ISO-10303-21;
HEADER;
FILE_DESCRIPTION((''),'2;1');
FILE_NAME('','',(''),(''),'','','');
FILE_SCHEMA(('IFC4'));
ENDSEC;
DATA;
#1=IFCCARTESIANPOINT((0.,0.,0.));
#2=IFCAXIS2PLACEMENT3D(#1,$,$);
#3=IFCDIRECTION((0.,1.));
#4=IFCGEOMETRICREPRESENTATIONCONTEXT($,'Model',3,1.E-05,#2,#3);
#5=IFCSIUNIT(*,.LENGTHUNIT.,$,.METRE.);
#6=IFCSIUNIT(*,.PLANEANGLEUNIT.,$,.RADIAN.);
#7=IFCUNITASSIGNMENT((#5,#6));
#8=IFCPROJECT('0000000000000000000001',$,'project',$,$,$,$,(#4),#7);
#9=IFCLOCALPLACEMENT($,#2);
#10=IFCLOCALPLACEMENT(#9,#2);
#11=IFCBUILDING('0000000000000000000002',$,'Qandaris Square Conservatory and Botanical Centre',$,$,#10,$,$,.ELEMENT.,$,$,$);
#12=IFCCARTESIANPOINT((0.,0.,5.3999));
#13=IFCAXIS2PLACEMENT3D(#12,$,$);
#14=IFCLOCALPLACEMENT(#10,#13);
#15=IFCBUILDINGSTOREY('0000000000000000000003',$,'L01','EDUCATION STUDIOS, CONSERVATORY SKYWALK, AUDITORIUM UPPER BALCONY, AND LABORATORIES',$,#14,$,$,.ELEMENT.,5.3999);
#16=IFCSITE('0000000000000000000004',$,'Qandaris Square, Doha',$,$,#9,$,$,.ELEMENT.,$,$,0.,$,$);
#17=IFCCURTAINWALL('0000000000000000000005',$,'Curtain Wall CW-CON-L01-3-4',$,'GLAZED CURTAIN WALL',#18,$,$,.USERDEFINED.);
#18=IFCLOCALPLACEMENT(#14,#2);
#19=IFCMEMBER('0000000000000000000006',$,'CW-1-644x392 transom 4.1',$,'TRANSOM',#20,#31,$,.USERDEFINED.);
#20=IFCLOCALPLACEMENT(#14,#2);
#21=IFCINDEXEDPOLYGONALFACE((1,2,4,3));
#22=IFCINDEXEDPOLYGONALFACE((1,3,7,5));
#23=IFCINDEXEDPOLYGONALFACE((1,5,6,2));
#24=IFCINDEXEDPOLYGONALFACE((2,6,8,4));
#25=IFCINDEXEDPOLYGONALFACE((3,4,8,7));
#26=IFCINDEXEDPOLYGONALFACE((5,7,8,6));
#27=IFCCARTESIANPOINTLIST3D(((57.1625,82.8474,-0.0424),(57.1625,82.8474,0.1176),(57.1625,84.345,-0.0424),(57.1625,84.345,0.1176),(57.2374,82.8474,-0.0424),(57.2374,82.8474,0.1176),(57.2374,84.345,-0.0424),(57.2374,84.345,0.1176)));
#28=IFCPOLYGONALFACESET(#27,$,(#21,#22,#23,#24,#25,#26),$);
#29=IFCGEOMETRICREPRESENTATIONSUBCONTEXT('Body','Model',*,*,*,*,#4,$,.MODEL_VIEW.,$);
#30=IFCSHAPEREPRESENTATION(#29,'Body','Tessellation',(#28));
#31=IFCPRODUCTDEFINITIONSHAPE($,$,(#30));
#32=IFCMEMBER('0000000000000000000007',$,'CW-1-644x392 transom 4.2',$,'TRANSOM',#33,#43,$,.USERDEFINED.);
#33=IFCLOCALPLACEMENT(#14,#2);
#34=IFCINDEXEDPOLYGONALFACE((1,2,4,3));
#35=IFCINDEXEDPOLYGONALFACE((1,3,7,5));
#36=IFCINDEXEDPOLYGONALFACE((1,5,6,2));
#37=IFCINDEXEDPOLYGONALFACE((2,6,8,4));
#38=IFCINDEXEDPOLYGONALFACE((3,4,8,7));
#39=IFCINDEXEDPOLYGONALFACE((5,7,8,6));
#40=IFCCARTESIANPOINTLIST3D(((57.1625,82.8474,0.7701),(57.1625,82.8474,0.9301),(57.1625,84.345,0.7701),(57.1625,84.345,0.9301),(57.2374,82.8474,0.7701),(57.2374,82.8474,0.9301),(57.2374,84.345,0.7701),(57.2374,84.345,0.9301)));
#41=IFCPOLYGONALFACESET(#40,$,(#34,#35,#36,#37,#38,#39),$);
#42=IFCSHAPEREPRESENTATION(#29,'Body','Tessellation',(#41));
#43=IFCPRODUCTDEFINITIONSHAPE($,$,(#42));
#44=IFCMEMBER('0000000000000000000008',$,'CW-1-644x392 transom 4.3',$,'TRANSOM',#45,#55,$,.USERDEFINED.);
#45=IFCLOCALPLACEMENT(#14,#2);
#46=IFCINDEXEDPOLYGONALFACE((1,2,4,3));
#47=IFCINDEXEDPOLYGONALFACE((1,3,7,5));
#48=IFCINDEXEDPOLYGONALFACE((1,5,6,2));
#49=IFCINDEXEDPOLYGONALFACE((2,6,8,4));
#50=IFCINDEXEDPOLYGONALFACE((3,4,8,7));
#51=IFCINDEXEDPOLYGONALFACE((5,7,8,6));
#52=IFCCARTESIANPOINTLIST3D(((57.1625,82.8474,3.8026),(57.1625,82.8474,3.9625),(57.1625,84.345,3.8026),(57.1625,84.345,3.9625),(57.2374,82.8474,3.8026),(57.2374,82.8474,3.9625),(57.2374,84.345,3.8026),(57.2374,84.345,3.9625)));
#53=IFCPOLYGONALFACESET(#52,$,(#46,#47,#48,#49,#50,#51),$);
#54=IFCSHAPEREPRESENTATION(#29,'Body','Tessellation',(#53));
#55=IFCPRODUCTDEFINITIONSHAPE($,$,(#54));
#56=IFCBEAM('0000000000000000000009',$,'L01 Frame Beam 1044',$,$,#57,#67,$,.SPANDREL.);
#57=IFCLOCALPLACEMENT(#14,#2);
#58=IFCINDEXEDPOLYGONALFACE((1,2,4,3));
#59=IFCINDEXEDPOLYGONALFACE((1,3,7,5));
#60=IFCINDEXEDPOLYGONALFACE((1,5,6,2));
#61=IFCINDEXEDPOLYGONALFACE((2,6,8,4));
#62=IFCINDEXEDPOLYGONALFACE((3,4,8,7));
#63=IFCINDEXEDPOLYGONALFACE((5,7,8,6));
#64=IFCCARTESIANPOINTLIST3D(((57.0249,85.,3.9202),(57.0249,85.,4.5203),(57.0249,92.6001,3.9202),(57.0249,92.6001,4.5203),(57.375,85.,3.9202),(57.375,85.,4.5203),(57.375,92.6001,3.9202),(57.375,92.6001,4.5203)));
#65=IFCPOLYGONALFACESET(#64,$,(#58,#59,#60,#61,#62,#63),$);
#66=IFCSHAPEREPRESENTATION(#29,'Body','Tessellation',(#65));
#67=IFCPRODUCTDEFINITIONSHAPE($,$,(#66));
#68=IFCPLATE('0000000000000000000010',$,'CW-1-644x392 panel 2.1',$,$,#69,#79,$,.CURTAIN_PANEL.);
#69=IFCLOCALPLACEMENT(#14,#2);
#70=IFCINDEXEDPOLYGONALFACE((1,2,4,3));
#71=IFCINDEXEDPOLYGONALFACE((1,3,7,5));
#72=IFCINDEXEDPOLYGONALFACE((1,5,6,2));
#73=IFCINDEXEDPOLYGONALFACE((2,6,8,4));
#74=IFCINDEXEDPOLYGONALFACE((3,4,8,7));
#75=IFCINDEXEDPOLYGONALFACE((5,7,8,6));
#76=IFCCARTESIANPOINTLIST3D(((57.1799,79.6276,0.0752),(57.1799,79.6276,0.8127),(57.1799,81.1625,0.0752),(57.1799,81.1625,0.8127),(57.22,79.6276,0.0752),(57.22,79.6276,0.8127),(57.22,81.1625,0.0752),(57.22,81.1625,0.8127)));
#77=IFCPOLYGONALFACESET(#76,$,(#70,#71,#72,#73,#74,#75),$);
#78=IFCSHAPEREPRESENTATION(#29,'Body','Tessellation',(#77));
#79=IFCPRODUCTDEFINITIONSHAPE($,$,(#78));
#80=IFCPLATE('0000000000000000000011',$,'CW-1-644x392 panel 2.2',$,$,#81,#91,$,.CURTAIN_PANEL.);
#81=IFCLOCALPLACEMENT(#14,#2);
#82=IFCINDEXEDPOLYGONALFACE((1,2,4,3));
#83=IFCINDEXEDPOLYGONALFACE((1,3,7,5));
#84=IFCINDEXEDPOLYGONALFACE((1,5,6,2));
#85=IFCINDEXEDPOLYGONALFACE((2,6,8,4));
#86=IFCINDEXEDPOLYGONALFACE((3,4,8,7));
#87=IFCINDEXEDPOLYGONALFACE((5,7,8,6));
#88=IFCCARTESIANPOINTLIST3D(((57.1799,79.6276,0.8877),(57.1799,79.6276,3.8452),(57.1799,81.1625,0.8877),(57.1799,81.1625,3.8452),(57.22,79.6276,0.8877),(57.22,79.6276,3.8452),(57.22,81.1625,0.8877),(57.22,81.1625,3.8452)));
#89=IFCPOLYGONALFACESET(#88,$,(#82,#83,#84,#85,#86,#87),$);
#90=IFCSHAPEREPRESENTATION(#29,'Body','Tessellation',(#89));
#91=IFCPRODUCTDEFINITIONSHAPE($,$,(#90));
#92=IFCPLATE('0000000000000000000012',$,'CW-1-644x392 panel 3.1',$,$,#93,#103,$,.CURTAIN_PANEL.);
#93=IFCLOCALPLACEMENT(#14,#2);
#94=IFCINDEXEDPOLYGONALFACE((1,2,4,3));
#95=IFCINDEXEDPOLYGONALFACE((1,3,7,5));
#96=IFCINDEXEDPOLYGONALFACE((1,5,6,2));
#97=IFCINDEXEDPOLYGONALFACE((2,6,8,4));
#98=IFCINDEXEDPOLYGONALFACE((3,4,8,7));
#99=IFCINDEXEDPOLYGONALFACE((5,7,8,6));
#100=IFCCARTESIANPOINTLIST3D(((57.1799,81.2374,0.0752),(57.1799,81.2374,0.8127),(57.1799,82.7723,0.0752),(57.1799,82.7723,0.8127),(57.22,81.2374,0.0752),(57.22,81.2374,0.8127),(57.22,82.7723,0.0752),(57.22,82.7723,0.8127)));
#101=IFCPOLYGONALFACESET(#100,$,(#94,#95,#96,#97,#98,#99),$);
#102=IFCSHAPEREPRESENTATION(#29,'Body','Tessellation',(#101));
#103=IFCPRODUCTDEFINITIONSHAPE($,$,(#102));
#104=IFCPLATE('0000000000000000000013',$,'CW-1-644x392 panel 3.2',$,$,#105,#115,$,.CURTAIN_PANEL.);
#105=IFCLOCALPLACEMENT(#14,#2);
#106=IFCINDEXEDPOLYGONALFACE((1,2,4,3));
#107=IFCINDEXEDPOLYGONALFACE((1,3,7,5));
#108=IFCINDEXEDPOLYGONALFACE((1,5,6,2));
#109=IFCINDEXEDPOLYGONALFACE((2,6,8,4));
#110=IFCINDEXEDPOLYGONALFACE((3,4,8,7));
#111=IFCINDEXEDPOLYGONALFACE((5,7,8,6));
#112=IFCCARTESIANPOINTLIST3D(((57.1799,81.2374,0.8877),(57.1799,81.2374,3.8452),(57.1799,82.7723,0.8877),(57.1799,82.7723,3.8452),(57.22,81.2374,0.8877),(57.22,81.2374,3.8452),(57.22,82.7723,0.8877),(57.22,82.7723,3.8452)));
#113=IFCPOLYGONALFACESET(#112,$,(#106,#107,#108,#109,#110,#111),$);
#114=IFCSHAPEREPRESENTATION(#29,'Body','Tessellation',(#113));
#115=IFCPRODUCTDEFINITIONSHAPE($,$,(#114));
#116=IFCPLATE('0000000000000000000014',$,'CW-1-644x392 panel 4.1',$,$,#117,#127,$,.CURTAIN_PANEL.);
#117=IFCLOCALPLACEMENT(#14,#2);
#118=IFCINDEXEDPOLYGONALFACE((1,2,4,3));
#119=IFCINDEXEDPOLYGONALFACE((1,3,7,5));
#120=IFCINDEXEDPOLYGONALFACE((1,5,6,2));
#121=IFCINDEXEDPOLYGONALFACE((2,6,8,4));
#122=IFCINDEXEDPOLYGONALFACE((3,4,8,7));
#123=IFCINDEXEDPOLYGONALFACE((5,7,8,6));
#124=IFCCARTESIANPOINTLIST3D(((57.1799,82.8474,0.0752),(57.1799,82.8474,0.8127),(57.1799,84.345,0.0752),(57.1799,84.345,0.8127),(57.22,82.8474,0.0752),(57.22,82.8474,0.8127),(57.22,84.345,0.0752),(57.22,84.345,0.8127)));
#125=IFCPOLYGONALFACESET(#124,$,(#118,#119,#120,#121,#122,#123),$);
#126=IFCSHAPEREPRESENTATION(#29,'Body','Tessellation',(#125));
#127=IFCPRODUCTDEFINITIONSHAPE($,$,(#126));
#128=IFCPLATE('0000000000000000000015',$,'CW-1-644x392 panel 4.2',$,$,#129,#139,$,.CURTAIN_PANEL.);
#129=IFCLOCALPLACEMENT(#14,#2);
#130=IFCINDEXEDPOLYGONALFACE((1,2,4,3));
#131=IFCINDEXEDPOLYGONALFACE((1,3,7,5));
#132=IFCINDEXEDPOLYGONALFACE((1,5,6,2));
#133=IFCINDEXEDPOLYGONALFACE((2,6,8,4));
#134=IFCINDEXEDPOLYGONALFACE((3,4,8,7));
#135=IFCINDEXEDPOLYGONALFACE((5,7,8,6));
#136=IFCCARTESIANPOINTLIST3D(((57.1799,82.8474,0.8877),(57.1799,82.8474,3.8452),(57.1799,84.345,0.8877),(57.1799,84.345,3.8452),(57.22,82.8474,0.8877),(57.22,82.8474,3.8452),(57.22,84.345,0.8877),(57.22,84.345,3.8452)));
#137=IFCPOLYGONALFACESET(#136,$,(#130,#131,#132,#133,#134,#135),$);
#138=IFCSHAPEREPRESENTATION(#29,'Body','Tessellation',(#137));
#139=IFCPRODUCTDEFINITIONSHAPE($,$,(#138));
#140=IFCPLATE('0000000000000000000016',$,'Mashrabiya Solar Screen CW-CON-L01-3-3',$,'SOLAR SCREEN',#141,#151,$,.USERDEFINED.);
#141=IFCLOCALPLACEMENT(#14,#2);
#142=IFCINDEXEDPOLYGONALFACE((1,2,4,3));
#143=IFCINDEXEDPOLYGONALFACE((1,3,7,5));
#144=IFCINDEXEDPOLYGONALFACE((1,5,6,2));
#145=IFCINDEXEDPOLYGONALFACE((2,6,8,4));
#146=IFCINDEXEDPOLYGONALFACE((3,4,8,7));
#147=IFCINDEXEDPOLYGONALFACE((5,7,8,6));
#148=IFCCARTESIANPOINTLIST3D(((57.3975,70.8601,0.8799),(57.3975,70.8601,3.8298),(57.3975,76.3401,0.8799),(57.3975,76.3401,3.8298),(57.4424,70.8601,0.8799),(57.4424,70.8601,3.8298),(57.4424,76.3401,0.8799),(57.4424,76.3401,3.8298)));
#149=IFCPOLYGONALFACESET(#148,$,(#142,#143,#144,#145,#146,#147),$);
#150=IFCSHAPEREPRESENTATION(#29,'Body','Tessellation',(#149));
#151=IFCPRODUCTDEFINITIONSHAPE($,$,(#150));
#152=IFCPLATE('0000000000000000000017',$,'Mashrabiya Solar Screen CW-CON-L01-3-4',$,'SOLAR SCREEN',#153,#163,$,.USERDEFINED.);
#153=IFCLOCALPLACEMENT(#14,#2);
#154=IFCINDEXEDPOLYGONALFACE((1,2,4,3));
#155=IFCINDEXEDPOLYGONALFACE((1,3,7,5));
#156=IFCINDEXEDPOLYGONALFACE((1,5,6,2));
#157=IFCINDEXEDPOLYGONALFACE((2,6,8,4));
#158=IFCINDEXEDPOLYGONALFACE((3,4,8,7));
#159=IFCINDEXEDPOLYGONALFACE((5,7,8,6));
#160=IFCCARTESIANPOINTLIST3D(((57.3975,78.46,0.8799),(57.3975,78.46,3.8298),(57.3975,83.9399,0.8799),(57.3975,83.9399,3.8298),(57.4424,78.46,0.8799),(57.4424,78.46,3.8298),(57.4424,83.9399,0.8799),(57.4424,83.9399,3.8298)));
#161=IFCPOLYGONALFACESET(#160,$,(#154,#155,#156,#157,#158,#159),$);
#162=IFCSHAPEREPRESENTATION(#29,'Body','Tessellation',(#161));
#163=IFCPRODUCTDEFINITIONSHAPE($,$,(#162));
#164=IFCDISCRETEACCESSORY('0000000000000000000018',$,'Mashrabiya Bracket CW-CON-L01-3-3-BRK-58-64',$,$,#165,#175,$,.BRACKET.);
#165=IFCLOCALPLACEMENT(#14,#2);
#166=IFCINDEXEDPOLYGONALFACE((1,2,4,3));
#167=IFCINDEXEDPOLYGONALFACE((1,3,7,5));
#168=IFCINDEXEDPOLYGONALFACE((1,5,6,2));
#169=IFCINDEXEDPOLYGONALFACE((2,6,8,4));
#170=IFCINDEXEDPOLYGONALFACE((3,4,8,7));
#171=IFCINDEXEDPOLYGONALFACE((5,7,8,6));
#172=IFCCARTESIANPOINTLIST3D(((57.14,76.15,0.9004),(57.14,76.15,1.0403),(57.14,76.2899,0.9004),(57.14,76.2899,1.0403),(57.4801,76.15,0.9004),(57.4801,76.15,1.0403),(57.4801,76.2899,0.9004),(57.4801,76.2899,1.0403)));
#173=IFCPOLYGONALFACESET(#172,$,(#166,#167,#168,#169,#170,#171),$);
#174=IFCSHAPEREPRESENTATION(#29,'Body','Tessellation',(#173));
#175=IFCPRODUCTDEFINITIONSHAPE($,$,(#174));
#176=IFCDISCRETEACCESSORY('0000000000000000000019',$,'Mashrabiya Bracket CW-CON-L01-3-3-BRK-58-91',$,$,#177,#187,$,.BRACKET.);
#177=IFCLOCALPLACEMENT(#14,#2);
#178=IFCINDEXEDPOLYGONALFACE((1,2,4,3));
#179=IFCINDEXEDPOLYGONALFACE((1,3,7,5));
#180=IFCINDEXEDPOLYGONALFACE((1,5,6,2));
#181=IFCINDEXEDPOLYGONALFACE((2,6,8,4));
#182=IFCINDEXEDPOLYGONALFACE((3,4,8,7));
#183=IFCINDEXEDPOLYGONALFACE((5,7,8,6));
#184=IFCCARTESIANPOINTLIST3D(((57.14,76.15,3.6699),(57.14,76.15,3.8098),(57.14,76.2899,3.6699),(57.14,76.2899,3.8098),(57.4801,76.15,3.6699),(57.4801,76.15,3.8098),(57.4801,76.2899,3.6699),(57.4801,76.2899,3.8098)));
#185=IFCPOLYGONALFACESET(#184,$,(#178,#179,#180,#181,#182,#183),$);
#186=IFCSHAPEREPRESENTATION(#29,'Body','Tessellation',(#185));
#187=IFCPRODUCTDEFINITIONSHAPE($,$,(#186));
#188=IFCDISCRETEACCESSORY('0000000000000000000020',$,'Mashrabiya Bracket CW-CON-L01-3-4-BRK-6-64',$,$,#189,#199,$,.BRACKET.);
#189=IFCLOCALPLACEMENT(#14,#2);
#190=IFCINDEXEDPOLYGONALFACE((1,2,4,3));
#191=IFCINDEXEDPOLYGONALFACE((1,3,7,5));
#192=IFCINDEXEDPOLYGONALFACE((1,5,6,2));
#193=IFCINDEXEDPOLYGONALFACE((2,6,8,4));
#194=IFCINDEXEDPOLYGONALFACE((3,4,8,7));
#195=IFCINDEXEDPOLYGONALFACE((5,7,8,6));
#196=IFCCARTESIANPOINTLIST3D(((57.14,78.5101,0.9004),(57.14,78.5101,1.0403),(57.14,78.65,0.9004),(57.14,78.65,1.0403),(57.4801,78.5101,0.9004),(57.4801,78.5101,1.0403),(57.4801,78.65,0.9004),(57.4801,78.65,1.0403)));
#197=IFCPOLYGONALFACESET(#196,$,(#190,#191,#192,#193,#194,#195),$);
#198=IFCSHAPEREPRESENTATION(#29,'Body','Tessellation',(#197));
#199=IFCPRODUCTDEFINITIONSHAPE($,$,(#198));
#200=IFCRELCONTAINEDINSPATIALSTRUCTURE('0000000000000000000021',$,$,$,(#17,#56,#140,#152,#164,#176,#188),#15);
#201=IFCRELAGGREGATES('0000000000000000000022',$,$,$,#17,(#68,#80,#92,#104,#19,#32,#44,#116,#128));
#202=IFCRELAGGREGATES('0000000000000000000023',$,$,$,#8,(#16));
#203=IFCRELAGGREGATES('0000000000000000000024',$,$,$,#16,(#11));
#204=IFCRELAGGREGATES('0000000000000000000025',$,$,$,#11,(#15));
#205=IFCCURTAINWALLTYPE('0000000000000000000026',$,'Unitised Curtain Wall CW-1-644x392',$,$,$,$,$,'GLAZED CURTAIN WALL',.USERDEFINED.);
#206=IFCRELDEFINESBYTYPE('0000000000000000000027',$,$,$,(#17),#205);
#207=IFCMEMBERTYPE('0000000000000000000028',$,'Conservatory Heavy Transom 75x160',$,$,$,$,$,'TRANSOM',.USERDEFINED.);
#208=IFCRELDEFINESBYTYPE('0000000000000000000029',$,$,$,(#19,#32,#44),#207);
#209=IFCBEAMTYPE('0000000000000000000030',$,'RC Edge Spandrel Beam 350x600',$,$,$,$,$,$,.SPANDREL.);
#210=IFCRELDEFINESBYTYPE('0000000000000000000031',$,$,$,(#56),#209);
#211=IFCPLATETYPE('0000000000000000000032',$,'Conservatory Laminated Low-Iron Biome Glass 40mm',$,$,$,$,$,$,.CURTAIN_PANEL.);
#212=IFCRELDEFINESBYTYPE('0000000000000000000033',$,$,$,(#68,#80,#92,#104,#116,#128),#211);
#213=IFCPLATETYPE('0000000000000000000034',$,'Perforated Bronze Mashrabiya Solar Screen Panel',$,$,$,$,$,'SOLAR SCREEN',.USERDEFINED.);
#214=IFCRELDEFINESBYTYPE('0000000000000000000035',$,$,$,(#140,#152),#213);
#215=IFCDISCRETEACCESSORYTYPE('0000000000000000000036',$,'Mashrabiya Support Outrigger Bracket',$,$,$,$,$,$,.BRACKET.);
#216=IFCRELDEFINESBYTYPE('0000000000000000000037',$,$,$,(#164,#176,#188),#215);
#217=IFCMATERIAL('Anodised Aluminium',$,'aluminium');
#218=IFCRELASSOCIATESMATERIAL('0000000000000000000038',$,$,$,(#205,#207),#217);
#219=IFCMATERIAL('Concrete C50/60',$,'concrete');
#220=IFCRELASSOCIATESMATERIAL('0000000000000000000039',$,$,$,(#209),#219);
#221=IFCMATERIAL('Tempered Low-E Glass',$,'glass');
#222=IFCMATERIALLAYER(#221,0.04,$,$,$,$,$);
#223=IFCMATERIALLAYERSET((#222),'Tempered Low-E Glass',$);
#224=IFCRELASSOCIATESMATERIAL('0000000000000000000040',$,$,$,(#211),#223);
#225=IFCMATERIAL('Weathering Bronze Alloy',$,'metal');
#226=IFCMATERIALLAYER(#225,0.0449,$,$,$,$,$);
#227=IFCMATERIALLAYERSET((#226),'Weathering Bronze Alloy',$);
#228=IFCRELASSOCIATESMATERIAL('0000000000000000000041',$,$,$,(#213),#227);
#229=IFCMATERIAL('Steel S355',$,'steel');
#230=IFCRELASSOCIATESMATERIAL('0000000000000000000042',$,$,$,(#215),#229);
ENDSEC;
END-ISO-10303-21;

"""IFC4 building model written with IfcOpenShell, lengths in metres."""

from ifc_helpers import new_model, si_unit, direction, frame, origin, origin_2d, place, context, subcontext, project, spatial, rectangle, extrude, material, layer, layer_set, material_profile, profile_set, type_object, element, aggregate, save


model = new_model("IFC4")

# Units and contexts
model_context = context("Model", 3, precision=1e-05, world=origin(), true_north=direction((0.0, 1.0)))
body_context = subcontext(model_context, "Body", "Model", "MODEL_VIEW")
ifc_project = project(units=[si_unit("LENGTHUNIT", "METRE"), si_unit("PLANEANGLEUNIT", "RADIAN")], contexts=[model_context])

# Site, building, storey
site_placement = place(None, origin())
site = spatial("IfcSite", under=ifc_project, at=site_placement, Name="Qandaris Square, Doha", CompositionType="ELEMENT", RefElevation=0.0)
building_placement = place(site_placement, origin())
building = spatial("IfcBuilding", under=site, at=building_placement, Name="Qandaris Square Conservatory and Botanical Centre", CompositionType="ELEMENT")
storey_placement = place(building_placement, frame((0.0, 0.0, 5.3999)))
storey = spatial("IfcBuildingStorey", under=building, at=storey_placement, Name="L01", Description="EDUCATION STUDIOS, CONSERVATORY SKYWALK, AUDITORIUM UPPER BALCONY, AND LABORATORIES", CompositionType="ELEMENT", Elevation=5.3999)

# Shared definitions
ifc_material_1 = material(Name="Concrete C50/60", Category="concrete")

# Curtain wall
ifc_material_2 = material(Name="Anodised Aluminium", Category="aluminium")
curtain_wall_type = type_object("IfcCurtainWallType", Name="Unitised Curtain Wall CW-1-644x392", ElementType="GLAZED CURTAIN WALL", PredefinedType="USERDEFINED", material=ifc_material_2)
curtain_wall_1_placement = place(storey_placement, origin())
curtain_wall_1 = element("IfcCurtainWall", 1, at=curtain_wall_1_placement, inside=storey, type_object=curtain_wall_type, Name="Curtain Wall CW-CON-L01-3-4", ObjectType="GLAZED CURTAIN WALL", PredefinedType="USERDEFINED")

# Members
ifc_material_profile_1 = material_profile(ifc_material_2, rectangle(XDim=0.075, YDim=0.1599, at=origin_2d()), Name="ALU-TRN 75x160")
ifc_profile_set_1 = profile_set([ifc_material_profile_1], Name="Anodised Aluminium")
member_type_1 = type_object("IfcMemberType", Name="Conservatory Heavy Transom 75x160", ElementType="TRANSOM", PredefinedType="USERDEFINED", material=ifc_profile_set_1)
member_1_placement = place(storey_placement, frame((57.2, 82.8474, 0.0376), z_axis=(0.0, 1.0, 0.0), x_axis=(-1.0, 0.0, 0.0)))
member_1 = element("IfcMember", 2, at=member_1_placement, type_object=member_type_1, Name="CW-1-644x392 transom 4.1", ObjectType="TRANSOM", PredefinedType="USERDEFINED", context=body_context, shape_type="SweptSolid", body=[
    extrude(rectangle(XDim=0.075, YDim=0.1599, at=origin_2d()), origin(), (0.0, 0.0, 1.0), 1.4976),
])
member_2_placement = place(storey_placement, frame((57.2, 82.8474, 0.8501), z_axis=(0.0, 1.0, 0.0), x_axis=(-1.0, 0.0, 0.0)))
member_2 = element("IfcMember", 3, at=member_2_placement, type_object=member_type_1, Name="CW-1-644x392 transom 4.2", ObjectType="TRANSOM", PredefinedType="USERDEFINED", context=body_context, shape_type="SweptSolid", body=[
    extrude(rectangle(XDim=0.075, YDim=0.1599, at=origin_2d()), origin(), (0.0, 0.0, 1.0), 1.4976),
])
member_3_placement = place(storey_placement, frame((57.2, 82.8474, 3.8826), z_axis=(0.0, 1.0, 0.0), x_axis=(-1.0, 0.0, 0.0)))
member_3 = element("IfcMember", 4, at=member_3_placement, type_object=member_type_1, Name="CW-1-644x392 transom 4.3", ObjectType="TRANSOM", PredefinedType="USERDEFINED", context=body_context, shape_type="SweptSolid", body=[
    extrude(rectangle(XDim=0.075, YDim=0.1599, at=origin_2d()), origin(), (0.0, 0.0, 1.0), 1.4976),
])

# Beam
ifc_material_profile_2 = material_profile(ifc_material_1, rectangle(XDim=0.3501, YDim=0.6001, at=origin_2d()), Name="RC-SP 350x600")
ifc_profile_set_2 = profile_set([ifc_material_profile_2], Name="Concrete C50/60")
beam_type = type_object("IfcBeamType", Name="RC Edge Spandrel Beam 350x600", PredefinedType="SPANDREL", material=ifc_profile_set_2)
beam_placement = place(storey_placement, frame((57.2, 85.0, 4.2202), z_axis=(0.0, 1.0, 0.0), x_axis=(-1.0, 0.0, 0.0)))
element("IfcBeam", 5, at=beam_placement, inside=storey, type_object=beam_type, Name="L01 Frame Beam 1044", PredefinedType="SPANDREL", context=body_context, shape_type="SweptSolid", body=[
    extrude(rectangle(XDim=0.3501, YDim=0.6001, at=origin_2d()), origin(), (0.0, 0.0, 1.0), 7.6001),
])

# Plates
ifc_material_3 = material(Name="Tempered Low-E Glass", Category="glass")
ifc_layer_1 = layer(ifc_material_3, 0.04)
ifc_layer_set_1 = layer_set([ifc_layer_1], Name="Tempered Low-E Glass")
plate_type_1 = type_object("IfcPlateType", Name="Conservatory Laminated Low-Iron Biome Glass 40mm", PredefinedType="CURTAIN_PANEL", material=ifc_layer_set_1)
plate_1_placement = place(storey_placement, frame((57.2, 80.395, 0.0752), z_axis=(0.0, 0.0, 1.0), x_axis=(0.0, 1.0, 0.0)))
plate_1 = element("IfcPlate", 6, at=plate_1_placement, type_object=plate_type_1, Name="CW-1-644x392 panel 2.1", PredefinedType="CURTAIN_PANEL", context=body_context, shape_type="SweptSolid", body=[
    extrude(rectangle(XDim=1.5349, YDim=0.04, at=origin_2d()), origin(), (0.0, 0.0, 1.0), 0.7375),
])
plate_2_placement = place(storey_placement, frame((57.2, 80.395, 0.8877), z_axis=(0.0, 0.0, 1.0), x_axis=(0.0, 1.0, 0.0)))
plate_2 = element("IfcPlate", 7, at=plate_2_placement, type_object=plate_type_1, Name="CW-1-644x392 panel 2.2", PredefinedType="CURTAIN_PANEL", context=body_context, shape_type="SweptSolid", body=[
    extrude(rectangle(XDim=1.5349, YDim=0.04, at=origin_2d()), origin(), (0.0, 0.0, 1.0), 2.9575),
])
plate_3_placement = place(storey_placement, frame((57.2, 82.0049, 0.0752), z_axis=(0.0, 0.0, 1.0), x_axis=(0.0, 1.0, 0.0)))
plate_3 = element("IfcPlate", 8, at=plate_3_placement, type_object=plate_type_1, Name="CW-1-644x392 panel 3.1", PredefinedType="CURTAIN_PANEL", context=body_context, shape_type="SweptSolid", body=[
    extrude(rectangle(XDim=1.5349, YDim=0.04, at=origin_2d()), origin(), (0.0, 0.0, 1.0), 0.7375),
])
plate_4_placement = place(storey_placement, frame((57.2, 82.0049, 0.8877), z_axis=(0.0, 0.0, 1.0), x_axis=(0.0, 1.0, 0.0)))
plate_4 = element("IfcPlate", 9, at=plate_4_placement, type_object=plate_type_1, Name="CW-1-644x392 panel 3.2", PredefinedType="CURTAIN_PANEL", context=body_context, shape_type="SweptSolid", body=[
    extrude(rectangle(XDim=1.5349, YDim=0.04, at=origin_2d()), origin(), (0.0, 0.0, 1.0), 2.9575),
])
plate_5_placement = place(storey_placement, frame((57.2, 83.5962, 0.0752), z_axis=(0.0, 0.0, 1.0), x_axis=(0.0, 1.0, 0.0)))
plate_5 = element("IfcPlate", 10, at=plate_5_placement, type_object=plate_type_1, Name="CW-1-644x392 panel 4.1", PredefinedType="CURTAIN_PANEL", context=body_context, shape_type="SweptSolid", body=[
    extrude(rectangle(XDim=1.4976, YDim=0.04, at=origin_2d()), origin(), (0.0, 0.0, 1.0), 0.7375),
])
plate_6_placement = place(storey_placement, frame((57.2, 83.5962, 0.8877), z_axis=(0.0, 0.0, 1.0), x_axis=(0.0, 1.0, 0.0)))
plate_6 = element("IfcPlate", 11, at=plate_6_placement, type_object=plate_type_1, Name="CW-1-644x392 panel 4.2", PredefinedType="CURTAIN_PANEL", context=body_context, shape_type="SweptSolid", body=[
    extrude(rectangle(XDim=1.4976, YDim=0.04, at=origin_2d()), origin(), (0.0, 0.0, 1.0), 2.9575),
])
aggregate(curtain_wall_1, [plate_1, plate_2, plate_3, plate_4, member_1, member_2, member_3, plate_5, plate_6])

# Plates
ifc_material_4 = material(Name="Weathering Bronze Alloy", Category="metal")
ifc_layer_2 = layer(ifc_material_4, 0.0449)
ifc_layer_set_2 = layer_set([ifc_layer_2], Name="Weathering Bronze Alloy")
plate_type_2 = type_object("IfcPlateType", Name="Perforated Bronze Mashrabiya Solar Screen Panel", ElementType="SOLAR SCREEN", PredefinedType="USERDEFINED", material=ifc_layer_set_2)
for number, where, z_axis, x_axis, name in (
    (12, (57.4199, 73.6001, 0.8799), (0.0, 0.0, 1.0), (0.0, 1.0, 0.0), "Mashrabiya Solar Screen CW-CON-L01-3-3"),
    (13, (57.4199, 81.2, 0.8799), (0.0, 0.0, 1.0), (0.0, 1.0, 0.0), "Mashrabiya Solar Screen CW-CON-L01-3-4"),
):
    element("IfcPlate", number, at=place(storey_placement, frame(where, z_axis=z_axis, x_axis=x_axis)), inside=storey, type_object=plate_type_2, Name=name, ObjectType="SOLAR SCREEN", PredefinedType="USERDEFINED", context=body_context, shape_type="SweptSolid", body=[
        extrude(rectangle(XDim=5.48, YDim=0.0449, at=origin_2d()), origin(), (0.0, 0.0, 1.0), 2.95),
    ])

# Discrete accessories
ifc_material_5 = material(Name="Steel S355", Category="steel")
discrete_accessory_type = type_object("IfcDiscreteAccessoryType", Name="Mashrabiya Support Outrigger Bracket", PredefinedType="BRACKET", material=ifc_material_5)
for number, where, z_axis, x_axis, name in (
    (14, (57.3101, 76.22, 0.9004), (0.0, 0.0, 1.0), (0.0, 1.0, 0.0), "Mashrabiya Bracket CW-CON-L01-3-3-BRK-58-64"),
    (15, (57.3101, 76.22, 3.6699), (0.0, 0.0, 1.0), (0.0, 1.0, 0.0), "Mashrabiya Bracket CW-CON-L01-3-3-BRK-58-91"),
    (16, (57.3101, 78.5801, 0.9004), (0.0, 0.0, 1.0), (0.0, 1.0, 0.0), "Mashrabiya Bracket CW-CON-L01-3-4-BRK-6-64"),
):
    element("IfcDiscreteAccessory", number, at=place(storey_placement, frame(where, z_axis=z_axis, x_axis=x_axis)), inside=storey, type_object=discrete_accessory_type, Name=name, PredefinedType="BRACKET", context=body_context, shape_type="SweptSolid", body=[
        extrude(rectangle(XDim=0.1399, YDim=0.3401, at=origin_2d()), origin(), (0.0, 0.0, 1.0), 0.1399),
    ])

save(model, "model.ifc")
